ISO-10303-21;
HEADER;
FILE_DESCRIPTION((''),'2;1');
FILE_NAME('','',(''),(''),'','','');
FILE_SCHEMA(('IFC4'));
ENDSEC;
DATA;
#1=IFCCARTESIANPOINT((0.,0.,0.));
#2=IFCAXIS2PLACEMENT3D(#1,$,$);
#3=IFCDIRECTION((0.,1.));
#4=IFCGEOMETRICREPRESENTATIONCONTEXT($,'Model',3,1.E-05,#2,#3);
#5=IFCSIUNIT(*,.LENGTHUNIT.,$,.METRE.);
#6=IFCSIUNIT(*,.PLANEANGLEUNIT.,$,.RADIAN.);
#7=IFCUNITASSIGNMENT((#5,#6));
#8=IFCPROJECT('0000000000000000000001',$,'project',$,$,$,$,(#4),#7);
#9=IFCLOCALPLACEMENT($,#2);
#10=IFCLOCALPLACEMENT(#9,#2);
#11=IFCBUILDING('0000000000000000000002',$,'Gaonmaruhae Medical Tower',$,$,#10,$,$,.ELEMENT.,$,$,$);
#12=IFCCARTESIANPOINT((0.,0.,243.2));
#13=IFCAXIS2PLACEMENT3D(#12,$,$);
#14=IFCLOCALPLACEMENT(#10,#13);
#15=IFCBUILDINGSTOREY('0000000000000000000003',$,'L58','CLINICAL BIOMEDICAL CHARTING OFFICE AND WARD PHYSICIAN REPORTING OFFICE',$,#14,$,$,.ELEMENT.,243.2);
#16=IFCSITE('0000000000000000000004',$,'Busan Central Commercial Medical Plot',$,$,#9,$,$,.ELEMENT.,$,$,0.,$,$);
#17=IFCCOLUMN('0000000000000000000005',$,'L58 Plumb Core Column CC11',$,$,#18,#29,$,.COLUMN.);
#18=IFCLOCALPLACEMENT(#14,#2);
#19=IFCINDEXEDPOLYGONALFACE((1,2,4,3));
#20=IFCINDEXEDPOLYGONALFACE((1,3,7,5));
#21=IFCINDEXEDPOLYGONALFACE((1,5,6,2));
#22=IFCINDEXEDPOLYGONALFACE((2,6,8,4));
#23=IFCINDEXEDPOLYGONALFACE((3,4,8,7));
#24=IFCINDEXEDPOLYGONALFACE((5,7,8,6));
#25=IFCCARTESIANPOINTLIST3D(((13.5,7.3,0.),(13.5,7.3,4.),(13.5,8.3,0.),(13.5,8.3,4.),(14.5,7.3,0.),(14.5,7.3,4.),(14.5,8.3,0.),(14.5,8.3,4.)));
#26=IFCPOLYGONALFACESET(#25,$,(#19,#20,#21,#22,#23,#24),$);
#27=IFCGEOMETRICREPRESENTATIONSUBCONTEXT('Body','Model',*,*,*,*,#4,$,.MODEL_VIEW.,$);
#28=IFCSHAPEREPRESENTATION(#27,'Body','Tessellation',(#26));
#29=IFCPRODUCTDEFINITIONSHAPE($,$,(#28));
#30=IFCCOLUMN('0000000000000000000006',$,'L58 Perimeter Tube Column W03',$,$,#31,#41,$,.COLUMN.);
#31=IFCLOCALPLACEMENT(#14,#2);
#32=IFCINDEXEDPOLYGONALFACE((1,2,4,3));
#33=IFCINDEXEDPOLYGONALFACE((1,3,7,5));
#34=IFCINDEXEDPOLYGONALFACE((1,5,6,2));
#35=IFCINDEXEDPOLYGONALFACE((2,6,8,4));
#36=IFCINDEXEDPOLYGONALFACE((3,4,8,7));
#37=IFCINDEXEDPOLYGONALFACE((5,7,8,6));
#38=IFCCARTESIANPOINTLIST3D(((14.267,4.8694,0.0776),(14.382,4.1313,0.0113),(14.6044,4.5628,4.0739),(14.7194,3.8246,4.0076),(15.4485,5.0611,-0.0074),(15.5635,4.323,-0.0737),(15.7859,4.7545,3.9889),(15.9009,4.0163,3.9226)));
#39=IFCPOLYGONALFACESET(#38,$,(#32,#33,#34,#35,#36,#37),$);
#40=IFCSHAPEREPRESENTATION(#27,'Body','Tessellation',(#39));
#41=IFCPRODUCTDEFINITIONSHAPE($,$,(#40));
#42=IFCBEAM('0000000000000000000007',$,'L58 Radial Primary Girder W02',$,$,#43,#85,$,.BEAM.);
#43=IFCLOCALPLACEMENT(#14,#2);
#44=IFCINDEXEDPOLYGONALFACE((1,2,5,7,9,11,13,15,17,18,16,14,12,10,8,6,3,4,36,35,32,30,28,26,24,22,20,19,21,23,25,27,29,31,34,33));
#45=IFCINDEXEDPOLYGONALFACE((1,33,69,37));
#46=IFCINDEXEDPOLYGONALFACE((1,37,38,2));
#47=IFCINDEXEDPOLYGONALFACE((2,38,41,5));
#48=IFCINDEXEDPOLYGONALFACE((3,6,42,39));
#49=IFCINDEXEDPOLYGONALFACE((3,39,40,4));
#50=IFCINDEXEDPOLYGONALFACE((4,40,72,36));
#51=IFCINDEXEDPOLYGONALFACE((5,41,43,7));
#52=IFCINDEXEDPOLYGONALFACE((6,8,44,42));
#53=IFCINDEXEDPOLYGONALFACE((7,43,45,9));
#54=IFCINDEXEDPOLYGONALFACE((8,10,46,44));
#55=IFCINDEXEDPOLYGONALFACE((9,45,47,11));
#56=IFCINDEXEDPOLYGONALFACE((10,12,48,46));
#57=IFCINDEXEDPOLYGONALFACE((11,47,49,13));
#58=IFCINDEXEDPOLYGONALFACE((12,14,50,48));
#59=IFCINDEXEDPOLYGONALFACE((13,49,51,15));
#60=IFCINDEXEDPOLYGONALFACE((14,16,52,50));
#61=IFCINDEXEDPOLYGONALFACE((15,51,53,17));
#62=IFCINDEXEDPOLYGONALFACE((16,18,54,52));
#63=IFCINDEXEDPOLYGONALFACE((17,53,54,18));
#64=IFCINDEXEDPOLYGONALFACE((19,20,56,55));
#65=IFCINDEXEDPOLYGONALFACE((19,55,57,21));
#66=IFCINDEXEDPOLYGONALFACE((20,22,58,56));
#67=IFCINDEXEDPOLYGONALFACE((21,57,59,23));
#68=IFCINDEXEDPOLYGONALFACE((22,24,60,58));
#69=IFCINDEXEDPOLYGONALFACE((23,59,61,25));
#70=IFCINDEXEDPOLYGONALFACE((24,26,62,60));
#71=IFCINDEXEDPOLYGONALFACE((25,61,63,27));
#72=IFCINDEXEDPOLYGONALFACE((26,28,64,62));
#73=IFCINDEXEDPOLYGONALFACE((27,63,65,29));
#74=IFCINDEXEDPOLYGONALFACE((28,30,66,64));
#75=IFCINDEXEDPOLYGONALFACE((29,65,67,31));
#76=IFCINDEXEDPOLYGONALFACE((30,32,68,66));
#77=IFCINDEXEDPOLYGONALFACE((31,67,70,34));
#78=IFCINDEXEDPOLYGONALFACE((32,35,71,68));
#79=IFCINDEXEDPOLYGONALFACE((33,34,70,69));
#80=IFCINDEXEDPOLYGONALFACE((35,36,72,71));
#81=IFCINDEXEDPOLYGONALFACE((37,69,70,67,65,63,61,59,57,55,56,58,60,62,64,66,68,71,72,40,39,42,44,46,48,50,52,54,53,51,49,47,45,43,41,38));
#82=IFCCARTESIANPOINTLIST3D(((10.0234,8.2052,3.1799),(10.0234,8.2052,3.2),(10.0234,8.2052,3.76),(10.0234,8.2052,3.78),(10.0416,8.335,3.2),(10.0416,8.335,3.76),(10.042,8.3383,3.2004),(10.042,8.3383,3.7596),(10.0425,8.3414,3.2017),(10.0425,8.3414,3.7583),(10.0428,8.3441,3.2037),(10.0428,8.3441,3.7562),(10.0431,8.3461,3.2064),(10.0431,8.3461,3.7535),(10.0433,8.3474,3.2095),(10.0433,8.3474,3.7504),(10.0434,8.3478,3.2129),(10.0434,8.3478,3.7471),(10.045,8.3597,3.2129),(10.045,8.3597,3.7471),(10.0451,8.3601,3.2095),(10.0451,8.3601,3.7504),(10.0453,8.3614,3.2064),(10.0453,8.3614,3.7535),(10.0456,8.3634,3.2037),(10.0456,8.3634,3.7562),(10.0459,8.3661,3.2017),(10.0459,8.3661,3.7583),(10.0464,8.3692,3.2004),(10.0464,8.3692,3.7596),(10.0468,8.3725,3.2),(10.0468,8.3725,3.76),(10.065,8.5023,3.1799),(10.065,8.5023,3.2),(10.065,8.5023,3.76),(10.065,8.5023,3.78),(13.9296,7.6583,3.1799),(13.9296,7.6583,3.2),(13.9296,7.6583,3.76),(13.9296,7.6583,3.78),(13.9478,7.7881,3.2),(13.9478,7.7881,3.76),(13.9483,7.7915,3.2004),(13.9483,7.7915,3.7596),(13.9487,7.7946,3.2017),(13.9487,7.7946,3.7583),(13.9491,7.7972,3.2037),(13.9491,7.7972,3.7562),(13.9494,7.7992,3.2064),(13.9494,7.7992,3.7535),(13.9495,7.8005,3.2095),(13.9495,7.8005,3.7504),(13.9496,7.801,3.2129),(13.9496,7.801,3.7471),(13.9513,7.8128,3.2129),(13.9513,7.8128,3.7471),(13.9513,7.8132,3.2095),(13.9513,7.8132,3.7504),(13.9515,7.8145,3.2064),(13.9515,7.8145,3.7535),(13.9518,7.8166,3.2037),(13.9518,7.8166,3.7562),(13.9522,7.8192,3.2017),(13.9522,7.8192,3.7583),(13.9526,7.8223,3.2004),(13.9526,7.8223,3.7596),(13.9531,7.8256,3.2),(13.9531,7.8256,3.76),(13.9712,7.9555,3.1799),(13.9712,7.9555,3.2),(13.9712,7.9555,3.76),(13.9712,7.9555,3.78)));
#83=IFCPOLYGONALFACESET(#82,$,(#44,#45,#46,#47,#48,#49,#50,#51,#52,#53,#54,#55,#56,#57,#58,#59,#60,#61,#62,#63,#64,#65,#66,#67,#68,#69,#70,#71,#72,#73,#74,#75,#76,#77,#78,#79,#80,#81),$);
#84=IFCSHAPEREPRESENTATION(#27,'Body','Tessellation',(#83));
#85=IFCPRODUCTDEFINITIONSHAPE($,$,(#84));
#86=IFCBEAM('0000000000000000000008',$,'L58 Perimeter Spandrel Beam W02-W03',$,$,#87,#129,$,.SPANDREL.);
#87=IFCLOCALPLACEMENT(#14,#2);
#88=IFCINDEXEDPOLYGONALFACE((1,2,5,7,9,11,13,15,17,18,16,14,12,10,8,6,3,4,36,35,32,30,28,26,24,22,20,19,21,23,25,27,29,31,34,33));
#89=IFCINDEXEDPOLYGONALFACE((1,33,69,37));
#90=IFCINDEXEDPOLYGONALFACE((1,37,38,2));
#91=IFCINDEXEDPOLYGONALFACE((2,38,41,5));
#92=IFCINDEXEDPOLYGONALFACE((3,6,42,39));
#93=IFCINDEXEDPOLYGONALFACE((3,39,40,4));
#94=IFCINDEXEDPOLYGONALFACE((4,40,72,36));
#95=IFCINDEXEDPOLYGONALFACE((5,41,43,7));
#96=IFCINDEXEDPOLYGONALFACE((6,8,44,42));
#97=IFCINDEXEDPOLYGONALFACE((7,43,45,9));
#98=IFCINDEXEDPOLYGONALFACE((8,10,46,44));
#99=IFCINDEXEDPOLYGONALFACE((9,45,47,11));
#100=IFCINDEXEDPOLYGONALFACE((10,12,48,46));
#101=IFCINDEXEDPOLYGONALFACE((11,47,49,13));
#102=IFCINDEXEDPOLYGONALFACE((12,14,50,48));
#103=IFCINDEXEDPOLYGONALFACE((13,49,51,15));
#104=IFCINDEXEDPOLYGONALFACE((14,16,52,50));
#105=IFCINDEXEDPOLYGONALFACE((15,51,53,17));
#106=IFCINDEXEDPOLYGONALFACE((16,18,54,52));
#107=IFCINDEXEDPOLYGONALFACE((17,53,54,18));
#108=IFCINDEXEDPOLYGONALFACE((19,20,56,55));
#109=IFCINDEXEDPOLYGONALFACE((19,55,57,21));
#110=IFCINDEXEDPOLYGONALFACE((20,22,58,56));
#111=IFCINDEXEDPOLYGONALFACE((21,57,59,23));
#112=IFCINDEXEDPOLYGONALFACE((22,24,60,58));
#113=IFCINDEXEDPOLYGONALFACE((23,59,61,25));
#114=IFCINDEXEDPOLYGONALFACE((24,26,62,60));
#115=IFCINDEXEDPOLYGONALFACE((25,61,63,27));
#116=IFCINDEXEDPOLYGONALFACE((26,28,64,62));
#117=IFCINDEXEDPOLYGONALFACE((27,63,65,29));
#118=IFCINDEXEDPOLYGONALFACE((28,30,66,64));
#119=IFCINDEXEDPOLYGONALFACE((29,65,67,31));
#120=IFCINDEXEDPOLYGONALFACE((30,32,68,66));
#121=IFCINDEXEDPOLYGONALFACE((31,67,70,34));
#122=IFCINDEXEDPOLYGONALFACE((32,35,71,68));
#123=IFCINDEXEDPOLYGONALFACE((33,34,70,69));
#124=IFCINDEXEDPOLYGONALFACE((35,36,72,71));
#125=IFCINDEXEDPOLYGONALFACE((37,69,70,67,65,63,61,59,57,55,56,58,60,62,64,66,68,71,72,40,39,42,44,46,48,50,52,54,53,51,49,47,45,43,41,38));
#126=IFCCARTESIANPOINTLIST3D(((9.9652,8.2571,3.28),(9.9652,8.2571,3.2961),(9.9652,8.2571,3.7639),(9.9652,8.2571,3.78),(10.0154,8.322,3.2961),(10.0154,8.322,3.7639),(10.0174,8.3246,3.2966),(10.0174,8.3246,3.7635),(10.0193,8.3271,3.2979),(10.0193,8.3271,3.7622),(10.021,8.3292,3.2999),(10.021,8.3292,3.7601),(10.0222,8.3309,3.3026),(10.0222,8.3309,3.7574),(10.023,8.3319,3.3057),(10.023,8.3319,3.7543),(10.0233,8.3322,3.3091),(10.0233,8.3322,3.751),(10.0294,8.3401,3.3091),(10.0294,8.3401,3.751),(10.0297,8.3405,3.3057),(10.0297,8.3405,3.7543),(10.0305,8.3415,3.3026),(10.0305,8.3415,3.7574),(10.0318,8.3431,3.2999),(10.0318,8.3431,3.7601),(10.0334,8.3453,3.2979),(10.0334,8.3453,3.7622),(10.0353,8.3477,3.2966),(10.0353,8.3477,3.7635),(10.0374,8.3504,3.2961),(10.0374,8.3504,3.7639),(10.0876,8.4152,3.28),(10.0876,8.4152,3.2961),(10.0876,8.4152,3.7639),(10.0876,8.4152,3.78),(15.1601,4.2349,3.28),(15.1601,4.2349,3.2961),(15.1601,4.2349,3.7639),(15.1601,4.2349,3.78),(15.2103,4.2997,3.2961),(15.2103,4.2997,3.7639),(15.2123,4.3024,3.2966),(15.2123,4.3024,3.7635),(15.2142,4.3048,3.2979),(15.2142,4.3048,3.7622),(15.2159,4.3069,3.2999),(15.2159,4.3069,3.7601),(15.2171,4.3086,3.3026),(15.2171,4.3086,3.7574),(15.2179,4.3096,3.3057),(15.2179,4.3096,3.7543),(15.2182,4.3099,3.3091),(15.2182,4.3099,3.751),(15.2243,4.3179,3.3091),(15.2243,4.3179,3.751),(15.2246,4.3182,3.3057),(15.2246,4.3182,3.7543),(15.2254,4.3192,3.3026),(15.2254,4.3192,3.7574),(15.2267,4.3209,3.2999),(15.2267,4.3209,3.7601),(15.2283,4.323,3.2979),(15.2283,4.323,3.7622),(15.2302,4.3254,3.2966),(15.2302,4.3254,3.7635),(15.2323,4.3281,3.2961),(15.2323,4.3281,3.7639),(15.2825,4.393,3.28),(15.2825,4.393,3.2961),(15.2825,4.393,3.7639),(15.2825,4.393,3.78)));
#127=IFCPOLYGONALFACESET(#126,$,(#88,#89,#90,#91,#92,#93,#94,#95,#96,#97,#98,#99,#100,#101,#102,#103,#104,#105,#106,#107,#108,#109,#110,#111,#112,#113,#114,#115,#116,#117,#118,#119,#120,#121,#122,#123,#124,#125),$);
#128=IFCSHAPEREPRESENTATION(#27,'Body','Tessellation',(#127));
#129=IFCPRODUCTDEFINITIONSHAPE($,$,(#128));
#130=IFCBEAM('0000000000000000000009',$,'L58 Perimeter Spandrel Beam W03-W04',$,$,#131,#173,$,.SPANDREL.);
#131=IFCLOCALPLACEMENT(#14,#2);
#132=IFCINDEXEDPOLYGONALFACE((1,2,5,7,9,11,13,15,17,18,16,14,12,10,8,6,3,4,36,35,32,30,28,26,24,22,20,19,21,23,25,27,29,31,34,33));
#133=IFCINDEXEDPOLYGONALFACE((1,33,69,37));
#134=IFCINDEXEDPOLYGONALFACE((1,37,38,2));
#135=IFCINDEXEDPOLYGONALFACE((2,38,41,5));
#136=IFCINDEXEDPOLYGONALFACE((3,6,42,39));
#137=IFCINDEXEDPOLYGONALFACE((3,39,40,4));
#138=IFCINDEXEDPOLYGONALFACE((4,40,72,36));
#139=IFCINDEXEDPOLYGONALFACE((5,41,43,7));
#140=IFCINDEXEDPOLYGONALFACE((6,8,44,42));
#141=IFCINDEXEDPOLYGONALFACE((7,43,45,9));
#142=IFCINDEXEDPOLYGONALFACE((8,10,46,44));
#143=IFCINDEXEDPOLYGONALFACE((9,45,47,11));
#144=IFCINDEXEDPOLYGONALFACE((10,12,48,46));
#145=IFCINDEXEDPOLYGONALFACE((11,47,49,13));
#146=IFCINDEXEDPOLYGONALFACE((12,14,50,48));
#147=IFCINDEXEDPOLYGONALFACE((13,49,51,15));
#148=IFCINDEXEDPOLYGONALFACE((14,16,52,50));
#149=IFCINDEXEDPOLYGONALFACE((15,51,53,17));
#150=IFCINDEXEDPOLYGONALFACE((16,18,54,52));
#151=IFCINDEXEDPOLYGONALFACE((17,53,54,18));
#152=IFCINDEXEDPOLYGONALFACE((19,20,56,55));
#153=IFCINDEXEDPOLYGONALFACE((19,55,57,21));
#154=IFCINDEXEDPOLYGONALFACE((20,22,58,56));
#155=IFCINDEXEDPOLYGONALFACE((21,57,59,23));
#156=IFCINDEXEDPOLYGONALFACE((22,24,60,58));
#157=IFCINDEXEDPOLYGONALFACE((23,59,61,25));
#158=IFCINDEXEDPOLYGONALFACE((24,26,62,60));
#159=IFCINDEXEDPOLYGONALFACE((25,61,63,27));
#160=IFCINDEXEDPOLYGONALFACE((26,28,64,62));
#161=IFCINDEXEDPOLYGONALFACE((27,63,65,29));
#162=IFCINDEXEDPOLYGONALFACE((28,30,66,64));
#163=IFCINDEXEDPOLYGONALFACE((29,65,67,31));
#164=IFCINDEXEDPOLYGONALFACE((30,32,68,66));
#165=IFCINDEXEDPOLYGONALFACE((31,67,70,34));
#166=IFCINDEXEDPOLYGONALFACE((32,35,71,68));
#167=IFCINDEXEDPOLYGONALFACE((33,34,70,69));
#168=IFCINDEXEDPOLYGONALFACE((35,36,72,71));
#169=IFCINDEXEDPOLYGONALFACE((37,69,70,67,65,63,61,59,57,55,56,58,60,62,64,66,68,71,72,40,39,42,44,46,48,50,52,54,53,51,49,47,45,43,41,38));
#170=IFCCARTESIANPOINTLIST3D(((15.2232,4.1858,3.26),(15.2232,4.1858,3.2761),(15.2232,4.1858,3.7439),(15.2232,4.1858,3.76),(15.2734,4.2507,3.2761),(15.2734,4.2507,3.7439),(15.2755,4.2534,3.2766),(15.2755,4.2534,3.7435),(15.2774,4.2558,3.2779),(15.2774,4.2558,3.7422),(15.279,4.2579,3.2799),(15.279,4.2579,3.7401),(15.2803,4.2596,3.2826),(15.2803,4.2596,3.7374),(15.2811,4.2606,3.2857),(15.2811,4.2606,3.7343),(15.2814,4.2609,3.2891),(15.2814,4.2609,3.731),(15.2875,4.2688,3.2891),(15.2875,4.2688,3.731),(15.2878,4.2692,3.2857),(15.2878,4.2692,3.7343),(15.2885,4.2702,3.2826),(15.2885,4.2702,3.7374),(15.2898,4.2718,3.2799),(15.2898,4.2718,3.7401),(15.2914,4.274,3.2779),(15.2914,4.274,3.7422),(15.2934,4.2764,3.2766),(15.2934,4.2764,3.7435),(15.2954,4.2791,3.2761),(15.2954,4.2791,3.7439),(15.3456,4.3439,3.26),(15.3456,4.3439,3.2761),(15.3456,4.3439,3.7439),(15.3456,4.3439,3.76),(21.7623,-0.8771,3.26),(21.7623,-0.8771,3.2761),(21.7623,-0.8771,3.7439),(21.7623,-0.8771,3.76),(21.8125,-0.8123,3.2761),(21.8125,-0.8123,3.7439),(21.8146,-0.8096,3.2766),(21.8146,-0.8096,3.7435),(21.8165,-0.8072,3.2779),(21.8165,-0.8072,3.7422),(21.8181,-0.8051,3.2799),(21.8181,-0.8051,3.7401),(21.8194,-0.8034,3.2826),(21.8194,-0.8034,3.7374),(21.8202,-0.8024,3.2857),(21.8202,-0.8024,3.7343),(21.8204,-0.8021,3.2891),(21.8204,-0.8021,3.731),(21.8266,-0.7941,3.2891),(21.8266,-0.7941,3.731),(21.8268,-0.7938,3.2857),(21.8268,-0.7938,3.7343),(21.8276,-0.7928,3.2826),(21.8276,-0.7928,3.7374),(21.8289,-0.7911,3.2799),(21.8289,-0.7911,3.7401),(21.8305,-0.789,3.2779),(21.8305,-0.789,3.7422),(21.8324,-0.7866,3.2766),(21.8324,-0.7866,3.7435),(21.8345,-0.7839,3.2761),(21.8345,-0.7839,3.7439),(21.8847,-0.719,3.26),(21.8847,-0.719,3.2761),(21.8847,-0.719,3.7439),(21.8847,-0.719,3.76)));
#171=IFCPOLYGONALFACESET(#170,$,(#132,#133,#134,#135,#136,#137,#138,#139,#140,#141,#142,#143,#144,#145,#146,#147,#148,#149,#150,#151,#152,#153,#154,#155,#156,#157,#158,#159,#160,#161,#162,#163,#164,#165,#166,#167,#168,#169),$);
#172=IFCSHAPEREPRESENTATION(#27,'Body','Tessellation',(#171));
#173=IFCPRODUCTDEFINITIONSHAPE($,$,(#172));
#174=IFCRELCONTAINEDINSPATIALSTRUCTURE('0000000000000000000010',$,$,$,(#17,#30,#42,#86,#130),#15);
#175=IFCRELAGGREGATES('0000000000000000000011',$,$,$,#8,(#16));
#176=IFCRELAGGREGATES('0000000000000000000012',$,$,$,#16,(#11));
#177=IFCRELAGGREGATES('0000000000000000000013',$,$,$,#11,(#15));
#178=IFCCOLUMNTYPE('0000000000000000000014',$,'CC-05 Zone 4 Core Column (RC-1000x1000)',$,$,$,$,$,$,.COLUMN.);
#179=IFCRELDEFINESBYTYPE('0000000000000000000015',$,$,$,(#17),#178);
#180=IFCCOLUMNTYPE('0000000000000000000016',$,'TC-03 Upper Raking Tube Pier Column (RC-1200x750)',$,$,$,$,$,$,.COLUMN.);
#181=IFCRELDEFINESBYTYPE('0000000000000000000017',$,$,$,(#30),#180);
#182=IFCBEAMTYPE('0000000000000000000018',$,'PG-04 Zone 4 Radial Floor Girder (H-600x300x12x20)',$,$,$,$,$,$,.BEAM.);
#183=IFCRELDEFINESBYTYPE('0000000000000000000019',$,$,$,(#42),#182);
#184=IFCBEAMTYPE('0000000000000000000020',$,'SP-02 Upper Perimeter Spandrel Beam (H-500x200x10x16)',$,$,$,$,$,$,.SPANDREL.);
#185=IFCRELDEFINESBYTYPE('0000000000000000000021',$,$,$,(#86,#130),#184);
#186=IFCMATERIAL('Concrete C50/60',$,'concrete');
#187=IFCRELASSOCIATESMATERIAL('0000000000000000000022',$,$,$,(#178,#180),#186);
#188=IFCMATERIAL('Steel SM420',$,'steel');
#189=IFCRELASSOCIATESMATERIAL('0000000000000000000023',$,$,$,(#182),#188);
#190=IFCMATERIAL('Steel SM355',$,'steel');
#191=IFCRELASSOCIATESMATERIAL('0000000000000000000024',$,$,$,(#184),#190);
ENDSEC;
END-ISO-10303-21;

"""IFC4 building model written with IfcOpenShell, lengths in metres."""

from ifc_helpers import new_model, si_unit, direction, frame, origin, origin_2d, place, context, subcontext, project, spatial, rectangle, i_section, extrude, material, material_profile, profile_set, type_object, element, save


model = new_model("IFC4")

# Units and contexts
model_context = context("Model", 3, precision=1e-05, world=origin(), true_north=direction((0.0, 1.0)))
body_context = subcontext(model_context, "Body", "Model", "MODEL_VIEW")
ifc_project = project(units=[si_unit("LENGTHUNIT", "METRE"), si_unit("PLANEANGLEUNIT", "RADIAN")], contexts=[model_context])

# Site, building, storey
site_placement = place(None, origin())
site = spatial("IfcSite", under=ifc_project, at=site_placement, Name="Busan Central Commercial Medical Plot", CompositionType="ELEMENT", RefElevation=0.0)
building_placement = place(site_placement, origin())
building = spatial("IfcBuilding", under=site, at=building_placement, Name="Gaonmaruhae Medical Tower", CompositionType="ELEMENT")
storey_placement = place(building_placement, frame((0.0, 0.0, 243.2)))
storey = spatial("IfcBuildingStorey", under=building, at=storey_placement, Name="L58", Description="CLINICAL BIOMEDICAL CHARTING OFFICE AND WARD PHYSICIAN REPORTING OFFICE", CompositionType="ELEMENT", Elevation=243.2)

# Columns
ifc_material_1 = material(Name="Concrete C50/60", Category="concrete")
ifc_material_profile_1 = material_profile(ifc_material_1, rectangle(XDim=1.0, YDim=1.0, at=origin_2d()), Name="RC-1000x1000")
ifc_profile_set_1 = profile_set([ifc_material_profile_1], Name="Concrete C50/60")
column_type_1 = type_object("IfcColumnType", Name="CC-05 Zone 4 Core Column (RC-1000x1000)", PredefinedType="COLUMN", material=ifc_profile_set_1)
column_1_placement = place(storey_placement, frame((14.0, 7.8, 0.0), z_axis=(0.0, 0.0, 1.0), x_axis=(1.0, 0.0, 0.0)))
element("IfcColumn", 1, at=column_1_placement, inside=storey, type_object=column_type_1, Name="L58 Plumb Core Column CC11", PredefinedType="COLUMN", context=body_context, shape_type="SweptSolid", body=[
    extrude(rectangle(XDim=1.0, YDim=1.0, at=origin_2d()), origin(), (0.0, 0.0, 1.0), 4.0),
])
ifc_material_profile_2 = material_profile(ifc_material_1, rectangle(XDim=1.2, YDim=0.75, at=origin_2d()), Name="RC-1200x750")
ifc_profile_set_2 = profile_set([ifc_material_profile_2], Name="Concrete C50/60")
column_type_2 = type_object("IfcColumnType", Name="TC-03 Upper Raking Tube Pier Column (RC-1200x750)", PredefinedType="COLUMN", material=ifc_profile_set_2)
column_2_placement = place(storey_placement, frame((14.9153, 4.5962, 0.002), z_axis=(0.083884, -0.076236, 0.993555), x_axis=(-0.984612, -0.159741, 0.070872)))
element("IfcColumn", 2, at=column_2_placement, inside=storey, type_object=column_type_2, Name="L58 Perimeter Tube Column W03", PredefinedType="COLUMN", context=body_context, shape_type="SweptSolid", body=[
    extrude(rectangle(XDim=1.2, YDim=0.75, at=origin_2d()), origin(), (0.0, 0.0, 1.0), 4.0222),
])

# Beams
ifc_material_2 = material(Name="Steel SM420", Category="steel")
ifc_material_profile_3 = material_profile(ifc_material_2, i_section(OverallWidth=0.3, OverallDepth=0.6001, WebThickness=0.012, FlangeThickness=0.02, FilletRadius=0.0129, at=origin_2d()), Name="H-600x300x12x20")
ifc_profile_set_3 = profile_set([ifc_material_profile_3], Name="Steel SM420")
beam_type_1 = type_object("IfcBeamType", Name="PG-04 Zone 4 Radial Floor Girder (H-600x300x12x20)", PredefinedType="BEAM", material=ifc_profile_set_3)
beam_1_placement = place(storey_placement, frame((13.9504, 7.8069, 3.48), z_axis=(-0.990342, 0.138648, 0.0), x_axis=(-0.138648, -0.990342, 0.0)))
element("IfcBeam", 3, at=beam_1_placement, inside=storey, type_object=beam_type_1, Name="L58 Radial Primary Girder W02", PredefinedType="BEAM", context=body_context, shape_type="SweptSolid", body=[
    extrude(i_section(OverallWidth=0.3, OverallDepth=0.6001, WebThickness=0.012, FlangeThickness=0.02, FilletRadius=0.0129, at=origin_2d()), origin(), (0.0, 0.0, 1.0), 3.9443),
])
ifc_material_3 = material(Name="Steel SM355", Category="steel")
ifc_material_profile_4 = material_profile(ifc_material_3, i_section(OverallWidth=0.2, OverallDepth=0.5, WebThickness=0.01, FlangeThickness=0.0161, FilletRadius=0.0129, at=origin_2d()), Name="H-500x200x10x16")
ifc_profile_set_4 = profile_set([ifc_material_profile_4], Name="Steel SM355")
beam_type_2 = type_object("IfcBeamType", Name="SP-02 Upper Perimeter Spandrel Beam (H-500x200x10x16)", PredefinedType="SPANDREL", material=ifc_profile_set_4)
beam_2_placement = place(storey_placement, frame((10.0264, 8.3362, 3.53), z_axis=(0.790693, -0.612213, 0.0), x_axis=(0.612213, 0.790693, 0.0)))
element("IfcBeam", 4, at=beam_2_placement, inside=storey, type_object=beam_type_2, Name="L58 Perimeter Spandrel Beam W02-W03", PredefinedType="SPANDREL", context=body_context, shape_type="SweptSolid", body=[
    extrude(i_section(OverallWidth=0.2, OverallDepth=0.5, WebThickness=0.01, FlangeThickness=0.0161, FilletRadius=0.0129, at=origin_2d()), origin(), (0.0, 0.0, 1.0), 6.5701),
])
beam_3_placement = place(storey_placement, frame((15.2844, 4.2649, 3.51), z_axis=(0.790695, -0.61221, 0.0), x_axis=(0.61221, 0.790695, 0.0)))
element("IfcBeam", 5, at=beam_3_placement, inside=storey, type_object=beam_type_2, Name="L58 Perimeter Spandrel Beam W03-W04", PredefinedType="SPANDREL", context=body_context, shape_type="SweptSolid", body=[
    extrude(i_section(OverallWidth=0.2, OverallDepth=0.5, WebThickness=0.01, FlangeThickness=0.0161, FilletRadius=0.0129, at=origin_2d()), origin(), (0.0, 0.0, 1.0), 8.27),
])

save(model, "model.ifc")
